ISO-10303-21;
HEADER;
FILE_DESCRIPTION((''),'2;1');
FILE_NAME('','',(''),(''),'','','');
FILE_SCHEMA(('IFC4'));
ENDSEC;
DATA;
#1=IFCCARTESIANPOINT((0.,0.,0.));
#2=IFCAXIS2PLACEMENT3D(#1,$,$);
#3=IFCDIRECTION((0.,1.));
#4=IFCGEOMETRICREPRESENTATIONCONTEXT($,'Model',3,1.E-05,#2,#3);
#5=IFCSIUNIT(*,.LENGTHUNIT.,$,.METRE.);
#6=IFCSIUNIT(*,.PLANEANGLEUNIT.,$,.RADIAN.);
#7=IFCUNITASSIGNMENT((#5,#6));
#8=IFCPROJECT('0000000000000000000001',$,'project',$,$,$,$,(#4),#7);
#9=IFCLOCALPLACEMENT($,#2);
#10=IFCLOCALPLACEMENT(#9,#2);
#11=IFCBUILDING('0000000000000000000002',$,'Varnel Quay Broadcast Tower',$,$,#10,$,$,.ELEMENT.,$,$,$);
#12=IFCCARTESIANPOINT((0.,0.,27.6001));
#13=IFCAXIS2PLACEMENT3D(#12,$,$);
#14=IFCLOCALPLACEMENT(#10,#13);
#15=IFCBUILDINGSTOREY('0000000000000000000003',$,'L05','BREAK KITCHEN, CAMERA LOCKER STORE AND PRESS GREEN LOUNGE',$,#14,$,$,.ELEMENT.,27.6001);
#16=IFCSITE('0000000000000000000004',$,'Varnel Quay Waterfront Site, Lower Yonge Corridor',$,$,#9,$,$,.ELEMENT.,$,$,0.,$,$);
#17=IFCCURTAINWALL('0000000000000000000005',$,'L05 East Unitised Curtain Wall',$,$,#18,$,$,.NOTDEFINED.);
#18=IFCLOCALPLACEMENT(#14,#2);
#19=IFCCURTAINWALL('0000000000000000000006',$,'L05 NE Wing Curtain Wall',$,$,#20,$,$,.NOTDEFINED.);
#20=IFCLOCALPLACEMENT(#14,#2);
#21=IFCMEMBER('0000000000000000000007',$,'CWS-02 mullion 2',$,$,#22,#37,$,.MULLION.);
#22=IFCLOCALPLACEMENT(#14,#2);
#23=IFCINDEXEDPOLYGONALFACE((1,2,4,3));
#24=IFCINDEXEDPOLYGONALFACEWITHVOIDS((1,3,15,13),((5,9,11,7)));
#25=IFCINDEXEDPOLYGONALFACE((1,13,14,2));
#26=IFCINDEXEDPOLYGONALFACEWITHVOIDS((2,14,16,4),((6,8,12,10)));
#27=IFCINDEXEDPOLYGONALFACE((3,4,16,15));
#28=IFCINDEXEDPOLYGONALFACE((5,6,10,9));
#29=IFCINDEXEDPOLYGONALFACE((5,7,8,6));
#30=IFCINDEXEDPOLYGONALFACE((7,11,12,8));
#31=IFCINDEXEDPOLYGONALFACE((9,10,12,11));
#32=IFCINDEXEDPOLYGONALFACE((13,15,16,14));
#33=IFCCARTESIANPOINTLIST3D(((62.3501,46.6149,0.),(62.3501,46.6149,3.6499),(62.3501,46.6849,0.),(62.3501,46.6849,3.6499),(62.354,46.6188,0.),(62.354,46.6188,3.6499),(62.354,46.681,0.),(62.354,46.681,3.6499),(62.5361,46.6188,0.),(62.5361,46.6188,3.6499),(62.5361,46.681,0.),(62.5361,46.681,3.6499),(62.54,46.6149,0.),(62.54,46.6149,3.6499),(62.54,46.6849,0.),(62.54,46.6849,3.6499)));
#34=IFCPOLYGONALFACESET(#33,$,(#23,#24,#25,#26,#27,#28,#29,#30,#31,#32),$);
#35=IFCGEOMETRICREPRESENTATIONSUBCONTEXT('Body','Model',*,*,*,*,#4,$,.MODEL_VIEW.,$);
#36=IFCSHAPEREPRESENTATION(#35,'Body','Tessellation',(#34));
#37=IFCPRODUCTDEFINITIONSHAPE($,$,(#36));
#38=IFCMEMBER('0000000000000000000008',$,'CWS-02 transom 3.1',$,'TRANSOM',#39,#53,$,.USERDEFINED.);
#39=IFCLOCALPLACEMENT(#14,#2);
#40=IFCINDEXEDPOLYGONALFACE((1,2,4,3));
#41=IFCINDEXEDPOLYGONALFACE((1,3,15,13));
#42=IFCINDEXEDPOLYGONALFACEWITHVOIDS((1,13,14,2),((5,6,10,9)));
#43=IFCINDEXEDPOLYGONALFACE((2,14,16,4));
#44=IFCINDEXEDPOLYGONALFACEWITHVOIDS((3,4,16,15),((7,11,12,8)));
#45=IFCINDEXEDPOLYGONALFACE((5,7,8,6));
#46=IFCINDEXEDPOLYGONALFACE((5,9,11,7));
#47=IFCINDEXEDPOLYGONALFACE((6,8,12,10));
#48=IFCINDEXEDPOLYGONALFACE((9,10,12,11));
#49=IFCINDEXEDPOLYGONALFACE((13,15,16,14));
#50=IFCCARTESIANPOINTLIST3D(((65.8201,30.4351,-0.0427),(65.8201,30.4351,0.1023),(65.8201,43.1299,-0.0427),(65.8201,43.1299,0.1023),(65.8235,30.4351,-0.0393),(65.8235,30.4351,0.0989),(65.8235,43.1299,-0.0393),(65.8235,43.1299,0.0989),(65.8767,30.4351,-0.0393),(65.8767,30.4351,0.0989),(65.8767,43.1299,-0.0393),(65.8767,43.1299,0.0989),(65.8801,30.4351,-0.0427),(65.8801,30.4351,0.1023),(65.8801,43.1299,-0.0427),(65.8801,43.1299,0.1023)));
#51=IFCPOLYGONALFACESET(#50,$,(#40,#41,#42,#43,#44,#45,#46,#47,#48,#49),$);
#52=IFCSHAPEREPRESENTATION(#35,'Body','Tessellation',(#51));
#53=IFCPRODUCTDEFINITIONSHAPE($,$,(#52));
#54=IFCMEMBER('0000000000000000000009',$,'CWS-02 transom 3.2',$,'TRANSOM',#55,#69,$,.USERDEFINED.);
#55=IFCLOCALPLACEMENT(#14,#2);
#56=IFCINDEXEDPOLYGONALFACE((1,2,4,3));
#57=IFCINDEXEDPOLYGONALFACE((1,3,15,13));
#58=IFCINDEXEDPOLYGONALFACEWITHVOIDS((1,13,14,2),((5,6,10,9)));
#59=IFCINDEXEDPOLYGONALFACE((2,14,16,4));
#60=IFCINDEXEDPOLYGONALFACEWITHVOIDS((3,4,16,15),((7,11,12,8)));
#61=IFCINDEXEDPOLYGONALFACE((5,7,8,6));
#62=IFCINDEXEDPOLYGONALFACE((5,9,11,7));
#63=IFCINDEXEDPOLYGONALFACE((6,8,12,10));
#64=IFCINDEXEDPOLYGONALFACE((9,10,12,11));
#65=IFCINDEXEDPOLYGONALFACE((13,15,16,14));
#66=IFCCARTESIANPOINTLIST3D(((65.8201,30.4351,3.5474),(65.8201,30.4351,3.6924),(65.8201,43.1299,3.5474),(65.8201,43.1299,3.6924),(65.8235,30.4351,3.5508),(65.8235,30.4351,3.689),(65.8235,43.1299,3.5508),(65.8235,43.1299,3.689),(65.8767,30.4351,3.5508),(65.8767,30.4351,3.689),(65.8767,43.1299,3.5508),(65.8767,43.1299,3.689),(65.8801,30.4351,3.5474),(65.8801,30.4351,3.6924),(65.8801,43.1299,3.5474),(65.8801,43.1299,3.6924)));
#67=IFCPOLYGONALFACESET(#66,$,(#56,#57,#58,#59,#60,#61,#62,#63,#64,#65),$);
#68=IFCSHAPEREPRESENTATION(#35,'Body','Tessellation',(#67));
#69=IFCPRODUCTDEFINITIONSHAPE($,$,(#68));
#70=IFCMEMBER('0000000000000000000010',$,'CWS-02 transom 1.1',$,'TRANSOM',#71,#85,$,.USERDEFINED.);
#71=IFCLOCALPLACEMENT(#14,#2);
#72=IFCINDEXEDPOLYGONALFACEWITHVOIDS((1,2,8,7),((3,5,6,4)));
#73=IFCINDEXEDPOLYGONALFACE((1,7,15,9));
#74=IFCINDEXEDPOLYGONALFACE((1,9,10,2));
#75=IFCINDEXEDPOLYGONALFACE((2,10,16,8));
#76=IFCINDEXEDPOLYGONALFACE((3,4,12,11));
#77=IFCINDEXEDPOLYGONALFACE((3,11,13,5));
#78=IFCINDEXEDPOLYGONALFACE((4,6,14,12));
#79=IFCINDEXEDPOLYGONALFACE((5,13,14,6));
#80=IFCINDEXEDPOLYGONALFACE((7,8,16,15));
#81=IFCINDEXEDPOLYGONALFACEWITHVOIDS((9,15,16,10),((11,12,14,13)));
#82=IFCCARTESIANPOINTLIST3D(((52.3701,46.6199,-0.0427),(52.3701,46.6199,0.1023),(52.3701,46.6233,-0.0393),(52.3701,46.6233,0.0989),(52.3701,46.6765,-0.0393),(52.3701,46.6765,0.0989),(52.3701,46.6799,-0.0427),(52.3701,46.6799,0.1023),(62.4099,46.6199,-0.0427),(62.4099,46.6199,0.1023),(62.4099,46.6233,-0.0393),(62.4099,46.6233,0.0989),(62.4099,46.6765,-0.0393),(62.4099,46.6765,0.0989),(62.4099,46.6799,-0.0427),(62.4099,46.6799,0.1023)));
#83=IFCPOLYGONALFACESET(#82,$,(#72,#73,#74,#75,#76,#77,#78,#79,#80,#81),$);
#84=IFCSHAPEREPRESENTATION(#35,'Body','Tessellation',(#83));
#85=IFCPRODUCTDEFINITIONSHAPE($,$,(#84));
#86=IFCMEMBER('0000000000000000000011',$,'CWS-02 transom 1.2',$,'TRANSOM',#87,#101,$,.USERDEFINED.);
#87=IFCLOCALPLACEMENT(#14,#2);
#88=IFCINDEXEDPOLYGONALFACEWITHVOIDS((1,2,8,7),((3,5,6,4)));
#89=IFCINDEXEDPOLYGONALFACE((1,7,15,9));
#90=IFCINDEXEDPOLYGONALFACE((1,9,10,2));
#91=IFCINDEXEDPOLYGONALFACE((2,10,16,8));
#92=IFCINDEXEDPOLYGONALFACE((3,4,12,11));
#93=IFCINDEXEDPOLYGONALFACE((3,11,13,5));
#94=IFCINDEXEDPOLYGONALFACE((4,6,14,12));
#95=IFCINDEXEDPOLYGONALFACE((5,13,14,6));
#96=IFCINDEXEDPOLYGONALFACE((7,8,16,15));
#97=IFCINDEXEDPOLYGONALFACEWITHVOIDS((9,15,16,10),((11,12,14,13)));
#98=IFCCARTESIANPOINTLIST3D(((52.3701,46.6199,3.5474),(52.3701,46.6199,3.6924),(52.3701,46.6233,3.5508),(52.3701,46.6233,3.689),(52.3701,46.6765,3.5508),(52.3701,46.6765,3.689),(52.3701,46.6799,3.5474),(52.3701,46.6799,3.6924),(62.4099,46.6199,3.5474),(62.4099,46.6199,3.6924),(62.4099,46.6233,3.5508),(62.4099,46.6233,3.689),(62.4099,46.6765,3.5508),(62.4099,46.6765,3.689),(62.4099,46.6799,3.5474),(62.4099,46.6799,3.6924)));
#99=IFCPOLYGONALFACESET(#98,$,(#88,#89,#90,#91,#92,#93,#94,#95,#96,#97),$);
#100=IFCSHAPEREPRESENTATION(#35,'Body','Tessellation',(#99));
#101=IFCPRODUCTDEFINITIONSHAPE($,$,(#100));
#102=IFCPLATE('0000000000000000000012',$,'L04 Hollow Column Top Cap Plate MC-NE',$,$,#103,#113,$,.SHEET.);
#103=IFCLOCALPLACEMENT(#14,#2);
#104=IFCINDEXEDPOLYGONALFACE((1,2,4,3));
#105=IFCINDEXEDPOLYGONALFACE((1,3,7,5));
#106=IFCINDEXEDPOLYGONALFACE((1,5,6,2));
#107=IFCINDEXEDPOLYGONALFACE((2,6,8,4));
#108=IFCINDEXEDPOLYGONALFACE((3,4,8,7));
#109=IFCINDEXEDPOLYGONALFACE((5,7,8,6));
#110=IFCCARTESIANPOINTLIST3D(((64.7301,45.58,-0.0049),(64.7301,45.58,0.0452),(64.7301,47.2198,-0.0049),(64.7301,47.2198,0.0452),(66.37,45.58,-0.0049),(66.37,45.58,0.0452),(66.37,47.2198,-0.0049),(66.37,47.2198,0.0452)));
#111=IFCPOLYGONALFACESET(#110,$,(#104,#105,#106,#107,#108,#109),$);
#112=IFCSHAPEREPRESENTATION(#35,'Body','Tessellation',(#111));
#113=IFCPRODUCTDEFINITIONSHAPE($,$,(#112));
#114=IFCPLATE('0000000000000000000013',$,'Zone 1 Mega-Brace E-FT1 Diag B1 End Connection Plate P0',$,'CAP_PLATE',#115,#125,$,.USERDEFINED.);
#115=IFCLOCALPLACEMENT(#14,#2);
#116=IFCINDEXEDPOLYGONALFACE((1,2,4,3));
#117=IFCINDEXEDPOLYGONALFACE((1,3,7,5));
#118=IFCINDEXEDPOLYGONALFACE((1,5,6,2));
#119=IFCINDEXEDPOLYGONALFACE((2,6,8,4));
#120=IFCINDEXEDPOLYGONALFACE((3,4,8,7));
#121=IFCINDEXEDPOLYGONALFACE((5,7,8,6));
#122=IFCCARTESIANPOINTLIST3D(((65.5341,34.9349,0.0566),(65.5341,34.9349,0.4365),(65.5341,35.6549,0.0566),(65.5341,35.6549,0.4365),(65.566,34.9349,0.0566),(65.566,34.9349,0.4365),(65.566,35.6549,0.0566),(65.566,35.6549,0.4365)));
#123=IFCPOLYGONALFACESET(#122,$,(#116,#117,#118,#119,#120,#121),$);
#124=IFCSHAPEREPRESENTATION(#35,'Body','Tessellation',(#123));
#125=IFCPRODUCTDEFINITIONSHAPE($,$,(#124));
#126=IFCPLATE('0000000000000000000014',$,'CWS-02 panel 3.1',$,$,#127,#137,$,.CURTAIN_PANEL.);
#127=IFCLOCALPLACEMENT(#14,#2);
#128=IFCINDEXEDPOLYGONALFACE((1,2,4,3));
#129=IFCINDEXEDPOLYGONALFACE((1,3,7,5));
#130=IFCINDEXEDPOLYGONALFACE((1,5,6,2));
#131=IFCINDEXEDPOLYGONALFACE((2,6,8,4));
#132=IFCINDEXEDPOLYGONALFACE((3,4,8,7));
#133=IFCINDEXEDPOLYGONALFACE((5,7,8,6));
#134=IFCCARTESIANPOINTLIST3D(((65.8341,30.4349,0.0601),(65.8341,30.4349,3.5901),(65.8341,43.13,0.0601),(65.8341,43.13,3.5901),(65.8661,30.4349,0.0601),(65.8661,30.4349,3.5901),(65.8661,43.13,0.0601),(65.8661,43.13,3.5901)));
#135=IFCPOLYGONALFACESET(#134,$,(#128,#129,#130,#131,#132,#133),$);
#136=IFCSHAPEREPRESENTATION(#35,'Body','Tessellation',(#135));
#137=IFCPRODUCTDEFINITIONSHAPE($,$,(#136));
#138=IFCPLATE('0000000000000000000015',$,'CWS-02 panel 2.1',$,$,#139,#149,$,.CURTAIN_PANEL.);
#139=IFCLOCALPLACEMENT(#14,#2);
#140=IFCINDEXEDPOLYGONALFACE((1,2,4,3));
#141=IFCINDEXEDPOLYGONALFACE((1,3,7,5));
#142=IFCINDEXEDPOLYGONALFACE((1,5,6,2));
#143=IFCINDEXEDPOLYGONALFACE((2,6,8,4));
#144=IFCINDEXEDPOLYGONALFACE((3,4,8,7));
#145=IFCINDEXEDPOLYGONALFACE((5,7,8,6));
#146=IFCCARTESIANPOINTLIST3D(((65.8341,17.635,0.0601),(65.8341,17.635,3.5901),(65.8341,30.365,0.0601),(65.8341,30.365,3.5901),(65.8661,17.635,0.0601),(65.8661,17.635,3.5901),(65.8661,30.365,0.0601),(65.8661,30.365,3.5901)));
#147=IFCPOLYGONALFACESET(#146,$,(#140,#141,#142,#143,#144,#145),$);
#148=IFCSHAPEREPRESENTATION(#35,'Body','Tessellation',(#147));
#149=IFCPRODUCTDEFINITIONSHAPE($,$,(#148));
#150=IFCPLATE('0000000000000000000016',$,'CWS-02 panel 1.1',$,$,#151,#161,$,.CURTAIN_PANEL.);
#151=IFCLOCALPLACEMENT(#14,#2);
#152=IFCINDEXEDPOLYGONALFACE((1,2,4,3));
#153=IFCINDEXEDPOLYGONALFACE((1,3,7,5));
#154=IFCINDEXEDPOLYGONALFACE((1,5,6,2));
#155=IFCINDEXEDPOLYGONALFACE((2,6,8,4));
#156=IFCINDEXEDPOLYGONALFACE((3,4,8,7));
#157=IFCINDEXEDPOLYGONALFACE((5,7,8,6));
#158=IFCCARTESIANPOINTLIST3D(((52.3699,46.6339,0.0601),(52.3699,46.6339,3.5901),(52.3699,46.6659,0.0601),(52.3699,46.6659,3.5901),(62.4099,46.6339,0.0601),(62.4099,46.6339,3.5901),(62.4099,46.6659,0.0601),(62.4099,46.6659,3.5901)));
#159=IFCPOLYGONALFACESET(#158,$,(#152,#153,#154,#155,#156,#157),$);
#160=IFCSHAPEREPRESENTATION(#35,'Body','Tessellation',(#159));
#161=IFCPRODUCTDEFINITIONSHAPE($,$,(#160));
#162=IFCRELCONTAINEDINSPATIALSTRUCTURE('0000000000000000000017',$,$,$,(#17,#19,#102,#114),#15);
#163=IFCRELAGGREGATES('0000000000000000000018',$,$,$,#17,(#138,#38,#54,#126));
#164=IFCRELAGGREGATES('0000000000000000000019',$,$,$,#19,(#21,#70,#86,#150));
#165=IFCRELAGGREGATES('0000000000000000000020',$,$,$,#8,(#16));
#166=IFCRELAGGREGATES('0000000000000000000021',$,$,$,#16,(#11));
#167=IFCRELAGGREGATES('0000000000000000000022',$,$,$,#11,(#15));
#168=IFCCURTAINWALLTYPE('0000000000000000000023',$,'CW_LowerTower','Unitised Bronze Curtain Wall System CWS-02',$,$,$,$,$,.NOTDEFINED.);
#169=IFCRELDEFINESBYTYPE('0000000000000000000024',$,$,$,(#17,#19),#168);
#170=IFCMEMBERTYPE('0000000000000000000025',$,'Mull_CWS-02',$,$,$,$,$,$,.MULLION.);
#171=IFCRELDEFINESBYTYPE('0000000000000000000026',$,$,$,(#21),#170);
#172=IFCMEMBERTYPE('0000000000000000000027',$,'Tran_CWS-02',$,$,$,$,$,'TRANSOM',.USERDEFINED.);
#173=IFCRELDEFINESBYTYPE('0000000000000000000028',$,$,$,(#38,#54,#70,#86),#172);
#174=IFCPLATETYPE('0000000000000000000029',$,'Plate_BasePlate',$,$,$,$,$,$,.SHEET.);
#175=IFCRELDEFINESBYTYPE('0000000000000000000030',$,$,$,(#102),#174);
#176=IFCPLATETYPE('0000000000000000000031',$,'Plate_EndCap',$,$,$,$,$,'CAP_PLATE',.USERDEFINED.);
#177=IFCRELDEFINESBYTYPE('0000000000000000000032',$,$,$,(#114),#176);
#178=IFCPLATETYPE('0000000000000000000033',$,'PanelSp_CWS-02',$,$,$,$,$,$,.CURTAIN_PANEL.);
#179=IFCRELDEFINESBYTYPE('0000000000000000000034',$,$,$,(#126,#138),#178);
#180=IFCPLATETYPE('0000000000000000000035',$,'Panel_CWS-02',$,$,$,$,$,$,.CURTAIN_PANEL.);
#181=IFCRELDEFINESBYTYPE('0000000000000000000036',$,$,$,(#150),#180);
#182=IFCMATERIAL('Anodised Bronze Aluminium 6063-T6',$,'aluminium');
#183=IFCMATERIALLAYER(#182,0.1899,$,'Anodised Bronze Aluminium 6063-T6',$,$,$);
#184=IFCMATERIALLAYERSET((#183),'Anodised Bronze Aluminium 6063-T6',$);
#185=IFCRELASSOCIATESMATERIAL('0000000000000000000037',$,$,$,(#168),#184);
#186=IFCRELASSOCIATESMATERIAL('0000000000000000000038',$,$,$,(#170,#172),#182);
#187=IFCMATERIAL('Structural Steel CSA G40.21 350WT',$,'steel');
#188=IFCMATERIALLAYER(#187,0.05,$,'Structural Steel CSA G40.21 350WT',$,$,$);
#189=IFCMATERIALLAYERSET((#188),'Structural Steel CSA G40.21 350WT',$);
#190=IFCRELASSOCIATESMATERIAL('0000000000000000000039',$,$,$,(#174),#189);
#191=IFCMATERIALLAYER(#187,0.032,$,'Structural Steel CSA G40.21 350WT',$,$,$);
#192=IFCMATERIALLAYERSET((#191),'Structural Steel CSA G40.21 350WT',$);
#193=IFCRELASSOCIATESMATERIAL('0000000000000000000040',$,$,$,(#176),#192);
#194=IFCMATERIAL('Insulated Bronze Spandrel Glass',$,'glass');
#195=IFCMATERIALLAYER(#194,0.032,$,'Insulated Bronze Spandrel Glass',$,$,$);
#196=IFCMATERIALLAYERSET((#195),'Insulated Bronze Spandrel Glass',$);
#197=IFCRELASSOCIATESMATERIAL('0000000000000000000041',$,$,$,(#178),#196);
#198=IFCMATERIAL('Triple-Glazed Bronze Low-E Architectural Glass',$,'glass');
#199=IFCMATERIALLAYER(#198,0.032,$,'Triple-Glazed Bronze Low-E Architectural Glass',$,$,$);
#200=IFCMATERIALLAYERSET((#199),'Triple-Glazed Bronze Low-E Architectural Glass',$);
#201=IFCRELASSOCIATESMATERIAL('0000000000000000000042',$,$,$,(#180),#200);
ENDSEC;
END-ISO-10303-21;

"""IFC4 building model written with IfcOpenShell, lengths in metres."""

from ifc_helpers import new_model, si_unit, direction, frame, origin, origin_2d, place, context, subcontext, project, spatial, rectangle, hollow_rectangle, extrude, source, transform, mapped, material, layer, layer_set, material_profile, profile_set, type_object, type_shapes, element, aggregate, save


model = new_model("IFC4")

# Units and contexts
model_context = context("Model", 3, precision=1e-05, world=origin(), true_north=direction((0.0, 1.0)))
body_context = subcontext(model_context, "Body", "Model", "MODEL_VIEW")
ifc_project = project(units=[si_unit("LENGTHUNIT", "METRE"), si_unit("PLANEANGLEUNIT", "RADIAN")], contexts=[model_context])

# Site, building, storey
site_placement = place(None, origin())
site = spatial("IfcSite", under=ifc_project, at=site_placement, Name="Varnel Quay Waterfront Site, Lower Yonge Corridor", CompositionType="ELEMENT", RefElevation=0.0)
building_placement = place(site_placement, origin())
building = spatial("IfcBuilding", under=site, at=building_placement, Name="Varnel Quay Broadcast Tower", CompositionType="ELEMENT")
storey_placement = place(building_placement, frame((0.0, 0.0, 27.6001)))
storey = spatial("IfcBuildingStorey", under=building, at=storey_placement, Name="L05", Description="BREAK KITCHEN, CAMERA LOCKER STORE AND PRESS GREEN LOUNGE", CompositionType="ELEMENT", Elevation=27.6001)

# Shared definitions
ifc_material_1 = material(Name="Structural Steel CSA G40.21 350WT", Category="steel")

# Curtain walls, member
ifc_material_2 = material(Name="Anodised Bronze Aluminium 6063-T6", Category="aluminium")
ifc_layer_1 = layer(ifc_material_2, 0.1899, Name="Anodised Bronze Aluminium 6063-T6")
ifc_layer_set_1 = layer_set([ifc_layer_1], Name="Anodised Bronze Aluminium 6063-T6")
curtain_wall_type = type_object("IfcCurtainWallType", Name="CW_LowerTower", Description="Unitised Bronze Curtain Wall System CWS-02", PredefinedType="NOTDEFINED", material=ifc_layer_set_1)
curtain_wall_1_placement = place(storey_placement, origin())
curtain_wall_1 = element("IfcCurtainWall", 1, at=curtain_wall_1_placement, inside=storey, type_object=curtain_wall_type, Name="L05 East Unitised Curtain Wall", PredefinedType="NOTDEFINED")
ifc_material_profile_1 = material_profile(ifc_material_2, hollow_rectangle(XDim=0.0701, YDim=0.1899, WallThickness=0.0039, at=origin_2d()), Name="ALU70X190X4")
ifc_profile_set_1 = profile_set([ifc_material_profile_1], Name="Anodised Bronze Aluminium 6063-T6")
member_type_1 = type_object("IfcMemberType", Name="Mull_CWS-02", PredefinedType="MULLION", material=ifc_profile_set_1)
shared_shape_1 = source(origin(), body_context, "Body", "SweptSolid", [
    extrude(hollow_rectangle(XDim=0.0701, YDim=0.1899, WallThickness=0.0039, at=origin_2d()), origin(), (0.0, 0.0, 1.0), 3.6499),
])
type_shapes(member_type_1, [shared_shape_1])
curtain_wall_2_placement = place(storey_placement, origin())
curtain_wall_2 = element("IfcCurtainWall", 2, at=curtain_wall_2_placement, inside=storey, type_object=curtain_wall_type, Name="L05 NE Wing Curtain Wall", PredefinedType="NOTDEFINED")
member_1_placement = place(storey_placement, frame((62.4451, 46.6499, 0.0), z_axis=(0.0, 0.0, 1.0), x_axis=(0.0, 1.0, 0.0)))
member_1 = element("IfcMember", 3, at=member_1_placement, type_object=member_type_1, Name="CWS-02 mullion 2", PredefinedType="MULLION", context=body_context, shape_type="MappedRepresentation", body=[
    mapped(shared_shape_1, transform((0.0, 0.0, 0.0), x_axis=(1.0, 0.0, 0.0), y_axis=(0.0, 1.0, 0.0), z_axis=(0.0, 0.0, 1.0), scale=1.0)),
])

# Members
ifc_material_profile_2 = material_profile(ifc_material_2, hollow_rectangle(XDim=0.0601, YDim=0.145, WallThickness=0.0034, at=origin_2d()), Name="ALU60X145X3.5")
ifc_profile_set_2 = profile_set([ifc_material_profile_2], Name="Anodised Bronze Aluminium 6063-T6")
member_type_2 = type_object("IfcMemberType", Name="Tran_CWS-02", ElementType="TRANSOM", PredefinedType="USERDEFINED", material=ifc_profile_set_2)
shared_shape_2 = source(origin(), body_context, "Body", "SweptSolid", [
    extrude(hollow_rectangle(XDim=0.0601, YDim=0.145, WallThickness=0.0034, at=origin_2d()), origin(), (0.0, 0.0, 1.0), 12.6948),
])
member_2_placement = place(storey_placement, frame((65.8501, 30.4351, 0.0298), z_axis=(0.0, 1.0, 0.0), x_axis=(-1.0, 0.0, 0.0)))
member_2 = element("IfcMember", 4, at=member_2_placement, type_object=member_type_2, Name="CWS-02 transom 3.1", ObjectType="TRANSOM", PredefinedType="USERDEFINED", context=body_context, shape_type="MappedRepresentation", body=[
    mapped(shared_shape_2, transform((0.0, 0.0, 0.0), x_axis=(1.0, 0.0, 0.0), y_axis=(0.0, 1.0, 0.0), z_axis=(0.0, 0.0, 1.0), scale=1.0)),
])
member_3_placement = place(storey_placement, frame((65.8501, 30.4351, 3.6199), z_axis=(0.0, 1.0, 0.0), x_axis=(-1.0, 0.0, 0.0)))
member_3 = element("IfcMember", 5, at=member_3_placement, type_object=member_type_2, Name="CWS-02 transom 3.2", ObjectType="TRANSOM", PredefinedType="USERDEFINED", context=body_context, shape_type="MappedRepresentation", body=[
    mapped(shared_shape_2, transform((0.0, 0.0, 0.0), x_axis=(1.0, 0.0, 0.0), y_axis=(0.0, 1.0, 0.0), z_axis=(0.0, 0.0, 1.0), scale=1.0)),
])
shared_shape_3 = source(origin(), body_context, "Body", "SweptSolid", [
    extrude(hollow_rectangle(XDim=0.0601, YDim=0.145, WallThickness=0.0034, at=origin_2d()), origin(), (0.0, 0.0, 1.0), 10.0398),
])
type_shapes(member_type_2, [shared_shape_2, shared_shape_3])
member_4_placement = place(storey_placement, frame((52.3701, 46.6499, 0.0298), z_axis=(1.0, 0.0, 0.0), x_axis=(0.0, 1.0, 0.0)))
member_4 = element("IfcMember", 6, at=member_4_placement, type_object=member_type_2, Name="CWS-02 transom 1.1", ObjectType="TRANSOM", PredefinedType="USERDEFINED", context=body_context, shape_type="MappedRepresentation", body=[
    mapped(shared_shape_3, transform((0.0, 0.0, 0.0), x_axis=(1.0, 0.0, 0.0), y_axis=(0.0, 1.0, 0.0), z_axis=(0.0, 0.0, 1.0), scale=1.0)),
])
member_5_placement = place(storey_placement, frame((52.3701, 46.6499, 3.6199), z_axis=(1.0, 0.0, 0.0), x_axis=(0.0, 1.0, 0.0)))
member_5 = element("IfcMember", 7, at=member_5_placement, type_object=member_type_2, Name="CWS-02 transom 1.2", ObjectType="TRANSOM", PredefinedType="USERDEFINED", context=body_context, shape_type="MappedRepresentation", body=[
    mapped(shared_shape_3, transform((0.0, 0.0, 0.0), x_axis=(1.0, 0.0, 0.0), y_axis=(0.0, 1.0, 0.0), z_axis=(0.0, 0.0, 1.0), scale=1.0)),
])

# Plates
ifc_layer_2 = layer(ifc_material_1, 0.05, Name="Structural Steel CSA G40.21 350WT")
ifc_layer_set_2 = layer_set([ifc_layer_2], Name="Structural Steel CSA G40.21 350WT")
plate_type_1 = type_object("IfcPlateType", Name="Plate_BasePlate", PredefinedType="SHEET", material=ifc_layer_set_2)
shared_shape_4 = source(origin(), body_context, "Body", "SweptSolid", [
    extrude(rectangle(XDim=1.6399, YDim=1.6399, at=origin_2d()), origin(), (0.0, 0.0, 1.0), 0.05),
])
type_shapes(plate_type_1, [shared_shape_4])
plate_1_placement = place(storey_placement, frame((65.55, 46.3999, -0.0049), z_axis=(0.0, 0.0, 1.0), x_axis=(1.0, 0.0, 0.0)))
element("IfcPlate", 8, at=plate_1_placement, inside=storey, type_object=plate_type_1, Name="L04 Hollow Column Top Cap Plate MC-NE", PredefinedType="SHEET", context=body_context, shape_type="MappedRepresentation", body=[
    mapped(shared_shape_4, transform((0.0, 0.0, 0.0), x_axis=(1.0, 0.0, 0.0), y_axis=(0.0, 1.0, 0.0), z_axis=(0.0, 0.0, 1.0), scale=1.0)),
])
ifc_layer_3 = layer(ifc_material_1, 0.032, Name="Structural Steel CSA G40.21 350WT")
ifc_layer_set_3 = layer_set([ifc_layer_3], Name="Structural Steel CSA G40.21 350WT")
plate_type_2 = type_object("IfcPlateType", Name="Plate_EndCap", ElementType="CAP_PLATE", PredefinedType="USERDEFINED", material=ifc_layer_set_3)
shared_shape_5 = source(origin(), body_context, "Body", "SweptSolid", [
    extrude(rectangle(XDim=0.72, YDim=0.032, at=origin_2d()), origin(), (0.0, 0.0, 1.0), 0.3799),
])
type_shapes(plate_type_2, [shared_shape_5])
plate_2_placement = place(storey_placement, frame((65.55, 35.2949, 0.0566), z_axis=(0.0, 0.0, 1.0), x_axis=(0.0, 1.0, 0.0)))
element("IfcPlate", 9, at=plate_2_placement, inside=storey, type_object=plate_type_2, Name="Zone 1 Mega-Brace E-FT1 Diag B1 End Connection Plate P0", ObjectType="CAP_PLATE", PredefinedType="USERDEFINED", context=body_context, shape_type="MappedRepresentation", body=[
    mapped(shared_shape_5, transform((0.0, 0.0, 0.0), x_axis=(1.0, 0.0, 0.0), y_axis=(0.0, 1.0, 0.0), z_axis=(0.0, 0.0, 1.0), scale=1.0)),
])

# Plates
ifc_material_3 = material(Name="Insulated Bronze Spandrel Glass", Category="glass")
ifc_layer_4 = layer(ifc_material_3, 0.032, Name="Insulated Bronze Spandrel Glass")
ifc_layer_set_4 = layer_set([ifc_layer_4], Name="Insulated Bronze Spandrel Glass")
plate_type_3 = type_object("IfcPlateType", Name="PanelSp_CWS-02", PredefinedType="CURTAIN_PANEL", material=ifc_layer_set_4)
shared_shape_6 = source(origin(), body_context, "Body", "SweptSolid", [
    extrude(rectangle(XDim=12.6951, YDim=0.032, at=origin_2d()), origin(), (0.0, 0.0, 1.0), 3.53),
])
plate_3_placement = place(storey_placement, frame((65.8501, 36.7825, 0.0601), z_axis=(0.0, 0.0, 1.0), x_axis=(0.0, 1.0, 0.0)))
plate_3 = element("IfcPlate", 10, at=plate_3_placement, type_object=plate_type_3, Name="CWS-02 panel 3.1", PredefinedType="CURTAIN_PANEL", context=body_context, shape_type="MappedRepresentation", body=[
    mapped(shared_shape_6, transform((0.0, 0.0, 0.0), x_axis=(1.0, 0.0, 0.0), y_axis=(0.0, 1.0, 0.0), z_axis=(0.0, 0.0, 1.0), scale=1.0)),
])
shared_shape_7 = source(origin(), body_context, "Body", "SweptSolid", [
    extrude(rectangle(XDim=12.73, YDim=0.032, at=origin_2d()), origin(), (0.0, 0.0, 1.0), 3.53),
])
type_shapes(plate_type_3, [shared_shape_6, shared_shape_7])
plate_4_placement = place(storey_placement, frame((65.8501, 24.0, 0.0601), z_axis=(0.0, 0.0, 1.0), x_axis=(0.0, 1.0, 0.0)))
plate_4 = element("IfcPlate", 11, at=plate_4_placement, type_object=plate_type_3, Name="CWS-02 panel 2.1", PredefinedType="CURTAIN_PANEL", context=body_context, shape_type="MappedRepresentation", body=[
    mapped(shared_shape_7, transform((0.0, 0.0, 0.0), x_axis=(1.0, 0.0, 0.0), y_axis=(0.0, 1.0, 0.0), z_axis=(0.0, 0.0, 1.0), scale=1.0)),
])
aggregate(curtain_wall_1, [plate_4, member_2, member_3, plate_3])
ifc_material_4 = material(Name="Triple-Glazed Bronze Low-E Architectural Glass", Category="glass")
ifc_layer_5 = layer(ifc_material_4, 0.032, Name="Triple-Glazed Bronze Low-E Architectural Glass")
ifc_layer_set_5 = layer_set([ifc_layer_5], Name="Triple-Glazed Bronze Low-E Architectural Glass")
plate_type_4 = type_object("IfcPlateType", Name="Panel_CWS-02", PredefinedType="CURTAIN_PANEL", material=ifc_layer_set_5)
shared_shape_8 = source(origin(), body_context, "Body", "SweptSolid", [
    extrude(rectangle(XDim=10.04, YDim=0.032, at=origin_2d()), origin(), (0.0, 0.0, 1.0), 3.53),
])
type_shapes(plate_type_4, [shared_shape_8])
plate_5_placement = place(storey_placement, frame((57.3899, 46.6499, 0.0601), z_axis=(0.0, 0.0, 1.0), x_axis=(1.0, 0.0, 0.0)))
plate_5 = element("IfcPlate", 12, at=plate_5_placement, type_object=plate_type_4, Name="CWS-02 panel 1.1", PredefinedType="CURTAIN_PANEL", context=body_context, shape_type="MappedRepresentation", body=[
    mapped(shared_shape_8, transform((0.0, 0.0, 0.0), x_axis=(1.0, 0.0, 0.0), y_axis=(0.0, 1.0, 0.0), z_axis=(0.0, 0.0, 1.0), scale=1.0)),
])
aggregate(curtain_wall_2, [member_1, member_4, member_5, plate_5])

save(model, "model.ifc")
